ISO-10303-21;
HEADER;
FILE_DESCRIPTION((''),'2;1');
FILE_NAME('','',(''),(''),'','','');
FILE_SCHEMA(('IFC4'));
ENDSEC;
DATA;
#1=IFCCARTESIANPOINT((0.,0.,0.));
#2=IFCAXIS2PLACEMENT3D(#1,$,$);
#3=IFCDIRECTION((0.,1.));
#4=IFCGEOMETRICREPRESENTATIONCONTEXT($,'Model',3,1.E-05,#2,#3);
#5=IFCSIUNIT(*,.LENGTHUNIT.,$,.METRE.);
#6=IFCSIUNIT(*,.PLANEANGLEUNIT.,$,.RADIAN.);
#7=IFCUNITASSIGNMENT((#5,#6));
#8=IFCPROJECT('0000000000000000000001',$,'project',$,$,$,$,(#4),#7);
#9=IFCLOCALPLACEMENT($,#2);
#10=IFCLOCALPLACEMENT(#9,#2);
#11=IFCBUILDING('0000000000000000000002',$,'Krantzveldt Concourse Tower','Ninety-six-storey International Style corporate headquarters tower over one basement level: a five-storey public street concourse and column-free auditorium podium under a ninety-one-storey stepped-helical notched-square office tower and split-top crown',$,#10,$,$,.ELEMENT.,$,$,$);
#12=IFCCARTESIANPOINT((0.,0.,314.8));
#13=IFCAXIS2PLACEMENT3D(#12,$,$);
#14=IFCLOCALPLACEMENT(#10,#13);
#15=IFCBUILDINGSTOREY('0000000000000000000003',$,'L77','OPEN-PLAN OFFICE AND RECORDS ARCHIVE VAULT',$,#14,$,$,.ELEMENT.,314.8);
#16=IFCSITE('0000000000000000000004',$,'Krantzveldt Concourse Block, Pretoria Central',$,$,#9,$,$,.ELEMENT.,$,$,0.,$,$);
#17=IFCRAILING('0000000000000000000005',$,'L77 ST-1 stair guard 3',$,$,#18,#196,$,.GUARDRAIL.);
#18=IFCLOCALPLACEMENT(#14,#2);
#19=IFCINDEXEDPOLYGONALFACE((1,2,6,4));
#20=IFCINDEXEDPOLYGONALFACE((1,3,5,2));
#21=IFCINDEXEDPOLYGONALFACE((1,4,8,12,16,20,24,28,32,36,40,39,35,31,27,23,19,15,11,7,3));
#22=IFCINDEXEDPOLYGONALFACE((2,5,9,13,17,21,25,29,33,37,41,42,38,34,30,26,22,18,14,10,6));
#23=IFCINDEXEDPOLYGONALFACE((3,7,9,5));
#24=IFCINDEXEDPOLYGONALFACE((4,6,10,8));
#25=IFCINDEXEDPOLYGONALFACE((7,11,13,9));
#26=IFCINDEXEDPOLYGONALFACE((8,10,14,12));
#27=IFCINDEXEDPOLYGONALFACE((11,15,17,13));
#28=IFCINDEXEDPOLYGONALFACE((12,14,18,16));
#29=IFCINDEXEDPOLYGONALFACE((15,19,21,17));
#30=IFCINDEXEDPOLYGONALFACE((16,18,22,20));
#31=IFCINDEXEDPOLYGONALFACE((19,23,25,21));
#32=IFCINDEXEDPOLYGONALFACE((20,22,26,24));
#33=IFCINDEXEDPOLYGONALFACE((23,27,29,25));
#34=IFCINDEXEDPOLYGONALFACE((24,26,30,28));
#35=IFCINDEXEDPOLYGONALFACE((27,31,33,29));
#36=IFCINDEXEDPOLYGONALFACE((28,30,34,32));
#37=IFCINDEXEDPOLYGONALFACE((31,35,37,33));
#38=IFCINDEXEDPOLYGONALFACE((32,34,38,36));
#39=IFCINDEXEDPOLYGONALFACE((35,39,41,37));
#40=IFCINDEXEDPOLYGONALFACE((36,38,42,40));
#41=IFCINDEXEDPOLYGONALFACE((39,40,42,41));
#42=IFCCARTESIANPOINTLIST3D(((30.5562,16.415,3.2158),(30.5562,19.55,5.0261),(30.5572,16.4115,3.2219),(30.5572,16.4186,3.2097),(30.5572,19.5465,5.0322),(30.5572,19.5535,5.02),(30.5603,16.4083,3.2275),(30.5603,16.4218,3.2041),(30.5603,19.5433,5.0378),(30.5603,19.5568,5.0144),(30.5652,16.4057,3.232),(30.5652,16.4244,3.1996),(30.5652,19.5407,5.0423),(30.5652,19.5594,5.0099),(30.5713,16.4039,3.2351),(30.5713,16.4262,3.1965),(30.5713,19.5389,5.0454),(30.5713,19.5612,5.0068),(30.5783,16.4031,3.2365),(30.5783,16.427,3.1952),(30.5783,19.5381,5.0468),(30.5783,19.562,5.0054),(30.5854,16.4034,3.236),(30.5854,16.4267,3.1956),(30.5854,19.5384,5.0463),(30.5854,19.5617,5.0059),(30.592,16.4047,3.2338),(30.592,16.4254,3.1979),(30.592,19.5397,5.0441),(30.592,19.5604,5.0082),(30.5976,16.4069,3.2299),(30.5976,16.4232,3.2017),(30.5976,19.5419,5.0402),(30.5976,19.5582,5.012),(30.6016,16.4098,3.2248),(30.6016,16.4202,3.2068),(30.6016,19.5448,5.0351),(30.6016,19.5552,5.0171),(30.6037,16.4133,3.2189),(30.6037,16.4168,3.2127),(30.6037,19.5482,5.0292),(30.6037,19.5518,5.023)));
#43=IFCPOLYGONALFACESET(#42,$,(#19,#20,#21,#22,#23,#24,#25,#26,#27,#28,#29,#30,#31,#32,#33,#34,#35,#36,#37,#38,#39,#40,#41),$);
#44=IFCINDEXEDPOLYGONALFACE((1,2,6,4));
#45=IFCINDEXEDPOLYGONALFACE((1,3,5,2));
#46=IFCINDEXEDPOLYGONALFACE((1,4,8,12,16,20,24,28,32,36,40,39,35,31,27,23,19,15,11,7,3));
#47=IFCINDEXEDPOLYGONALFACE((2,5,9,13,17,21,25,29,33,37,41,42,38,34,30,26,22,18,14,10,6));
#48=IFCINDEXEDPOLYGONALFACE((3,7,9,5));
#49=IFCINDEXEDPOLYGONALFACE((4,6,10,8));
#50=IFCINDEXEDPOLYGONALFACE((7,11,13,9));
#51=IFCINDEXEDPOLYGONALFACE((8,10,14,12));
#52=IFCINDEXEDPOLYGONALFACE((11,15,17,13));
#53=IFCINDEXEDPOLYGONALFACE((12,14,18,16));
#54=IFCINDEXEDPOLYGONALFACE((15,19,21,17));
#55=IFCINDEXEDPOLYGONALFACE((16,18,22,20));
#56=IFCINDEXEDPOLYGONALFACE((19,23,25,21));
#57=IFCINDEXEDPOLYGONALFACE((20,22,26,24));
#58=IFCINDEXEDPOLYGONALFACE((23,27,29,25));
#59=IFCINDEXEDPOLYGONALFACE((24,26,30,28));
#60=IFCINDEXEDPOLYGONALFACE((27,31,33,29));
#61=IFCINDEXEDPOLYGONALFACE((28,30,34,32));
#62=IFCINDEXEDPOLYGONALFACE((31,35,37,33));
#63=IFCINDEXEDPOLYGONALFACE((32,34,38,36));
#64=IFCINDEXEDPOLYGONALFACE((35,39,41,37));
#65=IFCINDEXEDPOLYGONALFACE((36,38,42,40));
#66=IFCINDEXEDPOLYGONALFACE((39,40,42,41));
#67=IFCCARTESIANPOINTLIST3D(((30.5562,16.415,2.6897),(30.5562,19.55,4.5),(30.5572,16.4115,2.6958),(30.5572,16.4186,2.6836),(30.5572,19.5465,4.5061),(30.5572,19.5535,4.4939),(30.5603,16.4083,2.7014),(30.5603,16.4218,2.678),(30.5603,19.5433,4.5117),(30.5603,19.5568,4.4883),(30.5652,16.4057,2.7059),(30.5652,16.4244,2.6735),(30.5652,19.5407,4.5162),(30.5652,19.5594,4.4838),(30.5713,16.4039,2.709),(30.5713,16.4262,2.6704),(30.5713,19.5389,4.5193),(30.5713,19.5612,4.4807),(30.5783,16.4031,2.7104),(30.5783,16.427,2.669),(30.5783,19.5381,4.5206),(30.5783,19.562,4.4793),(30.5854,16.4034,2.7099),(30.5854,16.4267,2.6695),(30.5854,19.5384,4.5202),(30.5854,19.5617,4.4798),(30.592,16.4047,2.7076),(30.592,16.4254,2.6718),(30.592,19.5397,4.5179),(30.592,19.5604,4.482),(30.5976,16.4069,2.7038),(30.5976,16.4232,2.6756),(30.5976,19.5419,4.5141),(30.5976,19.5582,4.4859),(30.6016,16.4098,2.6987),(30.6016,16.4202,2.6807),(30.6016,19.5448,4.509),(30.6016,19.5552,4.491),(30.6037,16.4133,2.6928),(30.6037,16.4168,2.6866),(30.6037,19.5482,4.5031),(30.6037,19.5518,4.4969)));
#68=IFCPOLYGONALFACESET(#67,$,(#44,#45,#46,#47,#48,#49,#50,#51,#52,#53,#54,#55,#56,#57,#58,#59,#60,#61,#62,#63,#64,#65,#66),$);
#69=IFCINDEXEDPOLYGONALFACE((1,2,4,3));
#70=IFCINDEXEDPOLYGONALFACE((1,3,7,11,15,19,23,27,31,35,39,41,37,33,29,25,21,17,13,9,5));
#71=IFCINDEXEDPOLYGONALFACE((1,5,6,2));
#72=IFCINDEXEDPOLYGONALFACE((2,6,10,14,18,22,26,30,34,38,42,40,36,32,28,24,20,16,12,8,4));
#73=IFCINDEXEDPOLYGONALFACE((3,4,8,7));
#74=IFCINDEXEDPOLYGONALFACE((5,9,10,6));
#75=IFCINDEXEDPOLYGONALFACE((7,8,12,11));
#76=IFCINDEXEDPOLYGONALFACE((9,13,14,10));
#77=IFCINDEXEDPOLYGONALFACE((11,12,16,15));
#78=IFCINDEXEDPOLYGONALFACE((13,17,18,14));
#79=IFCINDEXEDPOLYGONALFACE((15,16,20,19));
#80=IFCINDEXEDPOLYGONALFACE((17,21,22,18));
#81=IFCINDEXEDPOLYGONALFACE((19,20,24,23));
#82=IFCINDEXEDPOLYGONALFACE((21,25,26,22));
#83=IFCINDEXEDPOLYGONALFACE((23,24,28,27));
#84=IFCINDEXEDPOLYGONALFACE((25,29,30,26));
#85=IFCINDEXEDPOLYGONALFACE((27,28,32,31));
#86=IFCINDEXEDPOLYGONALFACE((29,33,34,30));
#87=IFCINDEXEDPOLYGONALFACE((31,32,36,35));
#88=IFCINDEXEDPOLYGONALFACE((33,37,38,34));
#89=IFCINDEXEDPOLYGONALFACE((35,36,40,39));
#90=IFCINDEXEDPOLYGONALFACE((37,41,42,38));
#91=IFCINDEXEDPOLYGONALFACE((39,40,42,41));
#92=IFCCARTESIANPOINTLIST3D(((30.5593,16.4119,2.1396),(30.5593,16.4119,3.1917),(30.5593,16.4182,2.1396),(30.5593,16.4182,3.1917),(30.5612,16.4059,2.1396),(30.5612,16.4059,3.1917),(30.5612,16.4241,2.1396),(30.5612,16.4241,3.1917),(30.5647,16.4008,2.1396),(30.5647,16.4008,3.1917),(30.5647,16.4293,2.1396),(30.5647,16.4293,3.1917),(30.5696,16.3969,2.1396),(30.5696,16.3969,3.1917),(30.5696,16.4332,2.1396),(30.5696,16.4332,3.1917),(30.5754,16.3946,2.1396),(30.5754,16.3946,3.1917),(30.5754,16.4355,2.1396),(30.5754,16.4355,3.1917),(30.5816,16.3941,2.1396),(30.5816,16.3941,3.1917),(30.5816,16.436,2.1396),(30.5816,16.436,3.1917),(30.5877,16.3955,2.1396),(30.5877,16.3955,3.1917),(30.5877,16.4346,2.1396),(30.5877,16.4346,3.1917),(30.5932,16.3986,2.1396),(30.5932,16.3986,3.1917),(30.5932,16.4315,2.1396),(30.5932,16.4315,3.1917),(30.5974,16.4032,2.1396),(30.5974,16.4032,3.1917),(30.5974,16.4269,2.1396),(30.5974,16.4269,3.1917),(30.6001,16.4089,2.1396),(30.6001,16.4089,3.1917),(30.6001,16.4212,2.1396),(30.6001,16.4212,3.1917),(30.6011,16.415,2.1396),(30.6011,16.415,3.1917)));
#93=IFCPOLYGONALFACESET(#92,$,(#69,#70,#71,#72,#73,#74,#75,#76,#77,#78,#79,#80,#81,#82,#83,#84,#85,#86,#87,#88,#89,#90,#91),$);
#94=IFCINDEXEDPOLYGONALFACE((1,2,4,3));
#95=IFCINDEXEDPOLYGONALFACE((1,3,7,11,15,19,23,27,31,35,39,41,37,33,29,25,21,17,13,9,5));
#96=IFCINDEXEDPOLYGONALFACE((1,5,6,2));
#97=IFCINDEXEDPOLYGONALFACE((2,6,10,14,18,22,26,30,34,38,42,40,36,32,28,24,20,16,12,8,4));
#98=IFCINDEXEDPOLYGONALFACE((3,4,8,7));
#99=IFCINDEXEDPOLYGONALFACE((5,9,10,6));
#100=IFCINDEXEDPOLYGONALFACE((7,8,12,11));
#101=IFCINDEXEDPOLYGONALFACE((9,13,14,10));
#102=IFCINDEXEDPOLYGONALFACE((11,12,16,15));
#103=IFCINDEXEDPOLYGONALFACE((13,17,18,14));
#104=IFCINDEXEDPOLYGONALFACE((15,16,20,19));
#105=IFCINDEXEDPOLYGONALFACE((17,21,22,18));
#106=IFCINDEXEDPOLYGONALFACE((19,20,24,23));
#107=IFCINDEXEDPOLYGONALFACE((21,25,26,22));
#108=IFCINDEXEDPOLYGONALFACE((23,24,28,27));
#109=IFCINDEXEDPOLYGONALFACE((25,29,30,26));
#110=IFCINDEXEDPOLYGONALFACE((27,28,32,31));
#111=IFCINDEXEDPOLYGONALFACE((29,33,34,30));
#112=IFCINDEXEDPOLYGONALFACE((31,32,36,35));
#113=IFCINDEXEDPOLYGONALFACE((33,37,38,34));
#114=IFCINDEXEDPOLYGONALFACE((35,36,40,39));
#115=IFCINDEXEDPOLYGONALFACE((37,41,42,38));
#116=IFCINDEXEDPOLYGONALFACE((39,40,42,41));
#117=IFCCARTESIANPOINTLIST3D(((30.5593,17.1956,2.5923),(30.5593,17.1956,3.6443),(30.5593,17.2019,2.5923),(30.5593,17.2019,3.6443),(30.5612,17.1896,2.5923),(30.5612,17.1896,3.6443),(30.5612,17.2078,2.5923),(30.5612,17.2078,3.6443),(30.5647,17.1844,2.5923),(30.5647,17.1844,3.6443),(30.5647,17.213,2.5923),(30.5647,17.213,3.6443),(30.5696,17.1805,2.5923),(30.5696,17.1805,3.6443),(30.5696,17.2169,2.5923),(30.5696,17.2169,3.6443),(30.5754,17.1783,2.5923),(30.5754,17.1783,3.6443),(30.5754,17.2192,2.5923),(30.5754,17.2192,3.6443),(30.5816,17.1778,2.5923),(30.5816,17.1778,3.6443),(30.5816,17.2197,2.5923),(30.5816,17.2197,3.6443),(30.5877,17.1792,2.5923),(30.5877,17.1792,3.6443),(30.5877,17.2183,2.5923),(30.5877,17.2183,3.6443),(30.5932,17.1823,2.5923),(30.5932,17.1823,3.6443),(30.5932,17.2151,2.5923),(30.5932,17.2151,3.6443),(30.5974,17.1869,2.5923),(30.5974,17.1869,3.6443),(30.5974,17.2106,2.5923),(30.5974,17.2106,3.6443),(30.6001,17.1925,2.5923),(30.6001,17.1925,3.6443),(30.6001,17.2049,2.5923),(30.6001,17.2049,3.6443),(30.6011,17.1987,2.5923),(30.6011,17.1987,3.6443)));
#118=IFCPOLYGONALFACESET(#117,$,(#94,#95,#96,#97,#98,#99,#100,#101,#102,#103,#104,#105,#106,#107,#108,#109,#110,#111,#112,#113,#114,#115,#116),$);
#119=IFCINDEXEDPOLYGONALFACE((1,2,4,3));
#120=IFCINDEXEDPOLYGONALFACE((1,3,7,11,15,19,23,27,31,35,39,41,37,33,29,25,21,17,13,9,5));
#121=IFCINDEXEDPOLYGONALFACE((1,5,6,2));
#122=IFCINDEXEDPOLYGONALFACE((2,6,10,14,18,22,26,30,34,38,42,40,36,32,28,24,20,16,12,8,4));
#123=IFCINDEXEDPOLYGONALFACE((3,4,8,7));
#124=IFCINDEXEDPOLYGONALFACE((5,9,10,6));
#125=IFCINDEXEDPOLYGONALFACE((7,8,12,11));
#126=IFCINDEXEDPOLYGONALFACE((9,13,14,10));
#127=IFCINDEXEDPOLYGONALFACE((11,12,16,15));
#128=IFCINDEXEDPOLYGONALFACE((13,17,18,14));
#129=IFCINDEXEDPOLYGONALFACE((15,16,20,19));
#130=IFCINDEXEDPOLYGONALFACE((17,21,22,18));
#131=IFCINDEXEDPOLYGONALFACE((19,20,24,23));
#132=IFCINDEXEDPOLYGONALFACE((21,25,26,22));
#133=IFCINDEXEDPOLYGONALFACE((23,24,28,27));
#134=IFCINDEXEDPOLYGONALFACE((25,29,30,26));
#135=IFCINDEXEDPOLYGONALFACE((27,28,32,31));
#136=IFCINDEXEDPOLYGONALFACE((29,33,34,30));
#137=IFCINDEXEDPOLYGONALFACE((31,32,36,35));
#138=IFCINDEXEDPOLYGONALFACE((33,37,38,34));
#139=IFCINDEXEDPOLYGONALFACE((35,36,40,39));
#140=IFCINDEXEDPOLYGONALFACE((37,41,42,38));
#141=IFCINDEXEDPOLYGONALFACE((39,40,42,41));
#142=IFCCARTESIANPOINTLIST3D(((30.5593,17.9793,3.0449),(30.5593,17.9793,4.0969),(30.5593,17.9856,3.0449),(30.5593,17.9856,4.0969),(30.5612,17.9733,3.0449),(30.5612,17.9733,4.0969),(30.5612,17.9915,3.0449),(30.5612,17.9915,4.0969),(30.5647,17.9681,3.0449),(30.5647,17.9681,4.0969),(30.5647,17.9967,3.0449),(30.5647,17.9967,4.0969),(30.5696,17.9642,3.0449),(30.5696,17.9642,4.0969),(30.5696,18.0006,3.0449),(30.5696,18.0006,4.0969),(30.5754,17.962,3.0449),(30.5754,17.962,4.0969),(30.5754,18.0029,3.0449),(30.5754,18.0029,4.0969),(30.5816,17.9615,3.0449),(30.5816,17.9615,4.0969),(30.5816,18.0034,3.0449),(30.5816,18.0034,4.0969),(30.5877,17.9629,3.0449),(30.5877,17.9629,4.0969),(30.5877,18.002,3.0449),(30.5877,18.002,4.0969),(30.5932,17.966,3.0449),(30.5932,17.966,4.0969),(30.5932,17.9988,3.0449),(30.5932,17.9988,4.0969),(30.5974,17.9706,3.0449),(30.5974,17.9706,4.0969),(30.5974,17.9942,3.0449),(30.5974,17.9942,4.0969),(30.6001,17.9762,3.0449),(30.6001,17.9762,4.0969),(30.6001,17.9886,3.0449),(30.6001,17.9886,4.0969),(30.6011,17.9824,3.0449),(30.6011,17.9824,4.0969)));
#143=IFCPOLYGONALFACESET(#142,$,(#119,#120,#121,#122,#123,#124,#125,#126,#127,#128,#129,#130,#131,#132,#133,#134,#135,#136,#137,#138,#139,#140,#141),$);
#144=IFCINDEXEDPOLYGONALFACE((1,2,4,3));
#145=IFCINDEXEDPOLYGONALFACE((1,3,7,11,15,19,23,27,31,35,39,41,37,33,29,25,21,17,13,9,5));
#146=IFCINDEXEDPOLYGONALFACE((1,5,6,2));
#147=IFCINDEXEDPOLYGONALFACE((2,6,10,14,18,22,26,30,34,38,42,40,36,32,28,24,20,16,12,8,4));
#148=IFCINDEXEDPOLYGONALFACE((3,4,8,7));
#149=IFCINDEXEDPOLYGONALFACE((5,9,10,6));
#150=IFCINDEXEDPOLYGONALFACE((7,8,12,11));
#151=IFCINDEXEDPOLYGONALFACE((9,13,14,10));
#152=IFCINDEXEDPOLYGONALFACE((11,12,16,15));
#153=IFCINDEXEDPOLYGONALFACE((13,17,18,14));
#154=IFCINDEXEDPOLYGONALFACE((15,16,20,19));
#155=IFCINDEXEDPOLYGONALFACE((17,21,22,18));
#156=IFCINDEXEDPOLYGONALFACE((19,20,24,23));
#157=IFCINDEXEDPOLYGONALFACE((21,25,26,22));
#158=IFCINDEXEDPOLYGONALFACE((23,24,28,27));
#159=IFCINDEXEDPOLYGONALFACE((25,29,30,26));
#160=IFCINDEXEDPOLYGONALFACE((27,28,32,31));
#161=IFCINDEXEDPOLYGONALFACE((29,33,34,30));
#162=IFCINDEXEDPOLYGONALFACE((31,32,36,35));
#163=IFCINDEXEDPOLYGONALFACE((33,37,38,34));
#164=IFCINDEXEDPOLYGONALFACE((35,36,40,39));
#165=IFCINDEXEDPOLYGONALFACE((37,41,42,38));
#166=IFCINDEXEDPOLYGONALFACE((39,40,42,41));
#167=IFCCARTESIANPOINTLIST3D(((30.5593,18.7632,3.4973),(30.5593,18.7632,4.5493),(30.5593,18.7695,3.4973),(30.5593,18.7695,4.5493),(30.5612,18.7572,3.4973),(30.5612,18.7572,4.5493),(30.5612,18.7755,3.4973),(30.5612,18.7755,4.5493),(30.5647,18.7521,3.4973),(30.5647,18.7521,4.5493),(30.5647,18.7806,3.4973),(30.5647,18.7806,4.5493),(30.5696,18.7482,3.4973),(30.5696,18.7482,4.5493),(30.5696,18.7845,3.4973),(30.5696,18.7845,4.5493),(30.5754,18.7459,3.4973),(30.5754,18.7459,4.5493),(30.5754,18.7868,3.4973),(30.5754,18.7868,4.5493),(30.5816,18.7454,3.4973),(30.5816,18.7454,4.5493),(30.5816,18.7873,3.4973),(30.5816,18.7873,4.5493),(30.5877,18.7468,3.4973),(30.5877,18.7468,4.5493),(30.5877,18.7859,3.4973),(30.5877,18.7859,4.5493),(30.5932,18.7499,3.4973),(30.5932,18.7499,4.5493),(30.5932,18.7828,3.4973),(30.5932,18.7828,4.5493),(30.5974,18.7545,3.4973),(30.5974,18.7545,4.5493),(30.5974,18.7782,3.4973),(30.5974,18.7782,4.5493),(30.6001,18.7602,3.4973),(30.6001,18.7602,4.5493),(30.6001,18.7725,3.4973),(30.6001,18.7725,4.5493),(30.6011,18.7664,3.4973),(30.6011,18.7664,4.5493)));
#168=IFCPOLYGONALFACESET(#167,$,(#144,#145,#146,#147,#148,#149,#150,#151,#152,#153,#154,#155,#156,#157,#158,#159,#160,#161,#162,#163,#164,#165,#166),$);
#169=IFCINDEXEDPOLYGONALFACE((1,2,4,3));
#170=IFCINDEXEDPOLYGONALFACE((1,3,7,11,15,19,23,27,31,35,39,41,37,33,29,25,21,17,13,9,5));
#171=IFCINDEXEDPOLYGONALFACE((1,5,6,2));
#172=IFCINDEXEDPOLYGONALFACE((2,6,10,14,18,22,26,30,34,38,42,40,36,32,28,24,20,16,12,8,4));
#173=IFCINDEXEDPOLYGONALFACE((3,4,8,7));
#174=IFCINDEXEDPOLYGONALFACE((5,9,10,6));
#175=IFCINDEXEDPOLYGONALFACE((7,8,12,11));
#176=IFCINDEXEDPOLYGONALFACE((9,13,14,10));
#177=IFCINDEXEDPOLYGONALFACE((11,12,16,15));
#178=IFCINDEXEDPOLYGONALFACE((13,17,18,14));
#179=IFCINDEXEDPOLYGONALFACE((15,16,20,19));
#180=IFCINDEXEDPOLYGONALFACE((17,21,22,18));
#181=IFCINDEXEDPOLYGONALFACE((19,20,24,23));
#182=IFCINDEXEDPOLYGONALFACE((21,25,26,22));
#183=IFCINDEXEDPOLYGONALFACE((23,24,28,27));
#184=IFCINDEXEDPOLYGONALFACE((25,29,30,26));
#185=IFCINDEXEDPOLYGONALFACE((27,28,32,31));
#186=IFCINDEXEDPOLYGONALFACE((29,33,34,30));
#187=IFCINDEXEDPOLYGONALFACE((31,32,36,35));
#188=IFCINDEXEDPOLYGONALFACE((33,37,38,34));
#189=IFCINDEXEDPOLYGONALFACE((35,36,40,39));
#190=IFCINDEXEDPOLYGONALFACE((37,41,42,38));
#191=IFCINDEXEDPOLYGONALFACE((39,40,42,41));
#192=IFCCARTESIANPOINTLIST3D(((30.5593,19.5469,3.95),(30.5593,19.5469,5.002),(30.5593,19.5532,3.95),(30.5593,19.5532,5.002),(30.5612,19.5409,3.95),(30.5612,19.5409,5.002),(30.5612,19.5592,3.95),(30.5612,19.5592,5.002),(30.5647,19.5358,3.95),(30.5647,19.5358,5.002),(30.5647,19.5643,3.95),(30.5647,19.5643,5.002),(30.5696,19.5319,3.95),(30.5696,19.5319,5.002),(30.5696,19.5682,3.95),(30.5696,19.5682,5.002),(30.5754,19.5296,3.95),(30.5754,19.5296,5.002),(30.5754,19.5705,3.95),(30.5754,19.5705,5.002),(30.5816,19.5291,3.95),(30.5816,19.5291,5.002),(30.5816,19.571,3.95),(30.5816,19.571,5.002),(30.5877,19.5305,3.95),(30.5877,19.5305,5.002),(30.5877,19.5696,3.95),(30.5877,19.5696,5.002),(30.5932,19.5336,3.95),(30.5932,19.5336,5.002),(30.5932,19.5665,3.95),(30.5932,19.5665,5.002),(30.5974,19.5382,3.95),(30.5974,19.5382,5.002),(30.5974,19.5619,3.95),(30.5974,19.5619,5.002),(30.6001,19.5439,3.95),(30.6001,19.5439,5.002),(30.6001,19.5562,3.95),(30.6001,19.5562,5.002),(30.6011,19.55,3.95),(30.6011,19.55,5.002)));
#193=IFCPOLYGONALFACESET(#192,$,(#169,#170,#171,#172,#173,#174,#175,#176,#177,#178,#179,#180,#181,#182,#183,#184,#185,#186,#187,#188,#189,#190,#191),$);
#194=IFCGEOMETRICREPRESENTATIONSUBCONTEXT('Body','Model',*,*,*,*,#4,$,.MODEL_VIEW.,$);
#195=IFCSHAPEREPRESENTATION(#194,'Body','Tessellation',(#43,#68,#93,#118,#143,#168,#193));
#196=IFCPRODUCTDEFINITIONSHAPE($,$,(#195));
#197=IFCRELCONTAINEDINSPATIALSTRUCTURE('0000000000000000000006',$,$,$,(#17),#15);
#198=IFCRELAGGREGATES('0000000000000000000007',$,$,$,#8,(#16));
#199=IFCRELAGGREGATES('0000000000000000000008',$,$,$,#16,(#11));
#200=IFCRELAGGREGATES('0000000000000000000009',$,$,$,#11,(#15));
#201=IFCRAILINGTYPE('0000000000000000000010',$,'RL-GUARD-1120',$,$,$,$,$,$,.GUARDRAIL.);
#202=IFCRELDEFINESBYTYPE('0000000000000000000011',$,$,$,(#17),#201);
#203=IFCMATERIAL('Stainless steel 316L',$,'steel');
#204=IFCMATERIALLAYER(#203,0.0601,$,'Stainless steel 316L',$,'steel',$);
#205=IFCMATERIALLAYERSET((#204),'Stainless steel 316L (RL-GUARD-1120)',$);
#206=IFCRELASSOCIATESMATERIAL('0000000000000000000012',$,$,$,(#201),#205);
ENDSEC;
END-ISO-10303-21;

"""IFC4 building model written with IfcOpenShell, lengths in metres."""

from ifc_helpers import new_model, si_unit, direction, frame, origin, origin_2d, place, context, subcontext, project, spatial, circle, extrude, material, layer, layer_set, type_object, element, save


model = new_model("IFC4")

# Units and contexts
model_context = context("Model", 3, precision=1e-05, world=origin(), true_north=direction((0.0, 1.0)))
body_context = subcontext(model_context, "Body", "Model", "MODEL_VIEW")
ifc_project = project(units=[si_unit("LENGTHUNIT", "METRE"), si_unit("PLANEANGLEUNIT", "RADIAN")], contexts=[model_context])

# Site, building, storey
site_placement = place(None, origin())
site = spatial("IfcSite", under=ifc_project, at=site_placement, Name="Krantzveldt Concourse Block, Pretoria Central", CompositionType="ELEMENT", RefElevation=0.0)
building_placement = place(site_placement, origin())
building = spatial("IfcBuilding", under=site, at=building_placement, Name="Krantzveldt Concourse Tower", Description="Ninety-six-storey International Style corporate headquarters tower over one basement level: a five-storey public street concourse and column-free auditorium podium under a ninety-one-storey stepped-helical notched-square office tower and split-top crown", CompositionType="ELEMENT")
storey_placement = place(building_placement, frame((0.0, 0.0, 314.8)))
storey = spatial("IfcBuildingStorey", under=building, at=storey_placement, Name="L77", Description="OPEN-PLAN OFFICE AND RECORDS ARCHIVE VAULT", CompositionType="ELEMENT", Elevation=314.8)

# Shared definitions
ifc_material_1 = material(Name="Stainless steel 316L", Category="steel")

# Railing
ifc_layer_1 = layer(ifc_material_1, 0.0601, Name="Stainless steel 316L", Category="steel")
ifc_layer_set_1 = layer_set([ifc_layer_1], Name="Stainless steel 316L (RL-GUARD-1120)")
railing_type_1 = type_object("IfcRailingType", Name="RL-GUARD-1120", PredefinedType="GUARDRAIL", material=ifc_layer_set_1)
railing_1_placement = place(storey_placement, frame((30.5801, 16.415, 2.1396)))
element("IfcRailing", 1, at=railing_1_placement, inside=storey, type_object=railing_type_1, Name="L77 ST-1 stair guard 3", PredefinedType="GUARDRAIL", context=body_context, shape_type="SweptSolid", body=[
    extrude(circle(Radius=0.0239, at=origin_2d()), frame((0.0, 0.0, 1.0762), z_axis=(0.0, 0.865989, 0.500063), x_axis=(-1.0, 0.0, 0.0)), (0.0, 0.0, 1.0), 3.6201),
    extrude(circle(Radius=0.0239, at=origin_2d()), frame((0.0, 0.0, 0.55), z_axis=(0.0, 0.865989, 0.500063), x_axis=(-1.0, 0.0, 0.0)), (0.0, 0.0, 1.0), 3.6201),
    extrude(circle(Radius=0.021, at=origin_2d()), origin(), (0.0, 0.0, 1.0), 1.052),
    extrude(circle(Radius=0.021, at=origin_2d()), frame((0.0, 0.7837, 0.4526)), (0.0, 0.0, 1.0), 1.052),
    extrude(circle(Radius=0.021, at=origin_2d()), frame((0.0, 1.5674, 0.9053)), (0.0, 0.0, 1.0), 1.052),
    extrude(circle(Radius=0.021, at=origin_2d()), frame((0.0, 2.3513, 1.3577)), (0.0, 0.0, 1.0), 1.052),
    extrude(circle(Radius=0.021, at=origin_2d()), frame((0.0, 3.135, 1.8103)), (0.0, 0.0, 1.0), 1.052),
])

save(model, "model.ifc")
